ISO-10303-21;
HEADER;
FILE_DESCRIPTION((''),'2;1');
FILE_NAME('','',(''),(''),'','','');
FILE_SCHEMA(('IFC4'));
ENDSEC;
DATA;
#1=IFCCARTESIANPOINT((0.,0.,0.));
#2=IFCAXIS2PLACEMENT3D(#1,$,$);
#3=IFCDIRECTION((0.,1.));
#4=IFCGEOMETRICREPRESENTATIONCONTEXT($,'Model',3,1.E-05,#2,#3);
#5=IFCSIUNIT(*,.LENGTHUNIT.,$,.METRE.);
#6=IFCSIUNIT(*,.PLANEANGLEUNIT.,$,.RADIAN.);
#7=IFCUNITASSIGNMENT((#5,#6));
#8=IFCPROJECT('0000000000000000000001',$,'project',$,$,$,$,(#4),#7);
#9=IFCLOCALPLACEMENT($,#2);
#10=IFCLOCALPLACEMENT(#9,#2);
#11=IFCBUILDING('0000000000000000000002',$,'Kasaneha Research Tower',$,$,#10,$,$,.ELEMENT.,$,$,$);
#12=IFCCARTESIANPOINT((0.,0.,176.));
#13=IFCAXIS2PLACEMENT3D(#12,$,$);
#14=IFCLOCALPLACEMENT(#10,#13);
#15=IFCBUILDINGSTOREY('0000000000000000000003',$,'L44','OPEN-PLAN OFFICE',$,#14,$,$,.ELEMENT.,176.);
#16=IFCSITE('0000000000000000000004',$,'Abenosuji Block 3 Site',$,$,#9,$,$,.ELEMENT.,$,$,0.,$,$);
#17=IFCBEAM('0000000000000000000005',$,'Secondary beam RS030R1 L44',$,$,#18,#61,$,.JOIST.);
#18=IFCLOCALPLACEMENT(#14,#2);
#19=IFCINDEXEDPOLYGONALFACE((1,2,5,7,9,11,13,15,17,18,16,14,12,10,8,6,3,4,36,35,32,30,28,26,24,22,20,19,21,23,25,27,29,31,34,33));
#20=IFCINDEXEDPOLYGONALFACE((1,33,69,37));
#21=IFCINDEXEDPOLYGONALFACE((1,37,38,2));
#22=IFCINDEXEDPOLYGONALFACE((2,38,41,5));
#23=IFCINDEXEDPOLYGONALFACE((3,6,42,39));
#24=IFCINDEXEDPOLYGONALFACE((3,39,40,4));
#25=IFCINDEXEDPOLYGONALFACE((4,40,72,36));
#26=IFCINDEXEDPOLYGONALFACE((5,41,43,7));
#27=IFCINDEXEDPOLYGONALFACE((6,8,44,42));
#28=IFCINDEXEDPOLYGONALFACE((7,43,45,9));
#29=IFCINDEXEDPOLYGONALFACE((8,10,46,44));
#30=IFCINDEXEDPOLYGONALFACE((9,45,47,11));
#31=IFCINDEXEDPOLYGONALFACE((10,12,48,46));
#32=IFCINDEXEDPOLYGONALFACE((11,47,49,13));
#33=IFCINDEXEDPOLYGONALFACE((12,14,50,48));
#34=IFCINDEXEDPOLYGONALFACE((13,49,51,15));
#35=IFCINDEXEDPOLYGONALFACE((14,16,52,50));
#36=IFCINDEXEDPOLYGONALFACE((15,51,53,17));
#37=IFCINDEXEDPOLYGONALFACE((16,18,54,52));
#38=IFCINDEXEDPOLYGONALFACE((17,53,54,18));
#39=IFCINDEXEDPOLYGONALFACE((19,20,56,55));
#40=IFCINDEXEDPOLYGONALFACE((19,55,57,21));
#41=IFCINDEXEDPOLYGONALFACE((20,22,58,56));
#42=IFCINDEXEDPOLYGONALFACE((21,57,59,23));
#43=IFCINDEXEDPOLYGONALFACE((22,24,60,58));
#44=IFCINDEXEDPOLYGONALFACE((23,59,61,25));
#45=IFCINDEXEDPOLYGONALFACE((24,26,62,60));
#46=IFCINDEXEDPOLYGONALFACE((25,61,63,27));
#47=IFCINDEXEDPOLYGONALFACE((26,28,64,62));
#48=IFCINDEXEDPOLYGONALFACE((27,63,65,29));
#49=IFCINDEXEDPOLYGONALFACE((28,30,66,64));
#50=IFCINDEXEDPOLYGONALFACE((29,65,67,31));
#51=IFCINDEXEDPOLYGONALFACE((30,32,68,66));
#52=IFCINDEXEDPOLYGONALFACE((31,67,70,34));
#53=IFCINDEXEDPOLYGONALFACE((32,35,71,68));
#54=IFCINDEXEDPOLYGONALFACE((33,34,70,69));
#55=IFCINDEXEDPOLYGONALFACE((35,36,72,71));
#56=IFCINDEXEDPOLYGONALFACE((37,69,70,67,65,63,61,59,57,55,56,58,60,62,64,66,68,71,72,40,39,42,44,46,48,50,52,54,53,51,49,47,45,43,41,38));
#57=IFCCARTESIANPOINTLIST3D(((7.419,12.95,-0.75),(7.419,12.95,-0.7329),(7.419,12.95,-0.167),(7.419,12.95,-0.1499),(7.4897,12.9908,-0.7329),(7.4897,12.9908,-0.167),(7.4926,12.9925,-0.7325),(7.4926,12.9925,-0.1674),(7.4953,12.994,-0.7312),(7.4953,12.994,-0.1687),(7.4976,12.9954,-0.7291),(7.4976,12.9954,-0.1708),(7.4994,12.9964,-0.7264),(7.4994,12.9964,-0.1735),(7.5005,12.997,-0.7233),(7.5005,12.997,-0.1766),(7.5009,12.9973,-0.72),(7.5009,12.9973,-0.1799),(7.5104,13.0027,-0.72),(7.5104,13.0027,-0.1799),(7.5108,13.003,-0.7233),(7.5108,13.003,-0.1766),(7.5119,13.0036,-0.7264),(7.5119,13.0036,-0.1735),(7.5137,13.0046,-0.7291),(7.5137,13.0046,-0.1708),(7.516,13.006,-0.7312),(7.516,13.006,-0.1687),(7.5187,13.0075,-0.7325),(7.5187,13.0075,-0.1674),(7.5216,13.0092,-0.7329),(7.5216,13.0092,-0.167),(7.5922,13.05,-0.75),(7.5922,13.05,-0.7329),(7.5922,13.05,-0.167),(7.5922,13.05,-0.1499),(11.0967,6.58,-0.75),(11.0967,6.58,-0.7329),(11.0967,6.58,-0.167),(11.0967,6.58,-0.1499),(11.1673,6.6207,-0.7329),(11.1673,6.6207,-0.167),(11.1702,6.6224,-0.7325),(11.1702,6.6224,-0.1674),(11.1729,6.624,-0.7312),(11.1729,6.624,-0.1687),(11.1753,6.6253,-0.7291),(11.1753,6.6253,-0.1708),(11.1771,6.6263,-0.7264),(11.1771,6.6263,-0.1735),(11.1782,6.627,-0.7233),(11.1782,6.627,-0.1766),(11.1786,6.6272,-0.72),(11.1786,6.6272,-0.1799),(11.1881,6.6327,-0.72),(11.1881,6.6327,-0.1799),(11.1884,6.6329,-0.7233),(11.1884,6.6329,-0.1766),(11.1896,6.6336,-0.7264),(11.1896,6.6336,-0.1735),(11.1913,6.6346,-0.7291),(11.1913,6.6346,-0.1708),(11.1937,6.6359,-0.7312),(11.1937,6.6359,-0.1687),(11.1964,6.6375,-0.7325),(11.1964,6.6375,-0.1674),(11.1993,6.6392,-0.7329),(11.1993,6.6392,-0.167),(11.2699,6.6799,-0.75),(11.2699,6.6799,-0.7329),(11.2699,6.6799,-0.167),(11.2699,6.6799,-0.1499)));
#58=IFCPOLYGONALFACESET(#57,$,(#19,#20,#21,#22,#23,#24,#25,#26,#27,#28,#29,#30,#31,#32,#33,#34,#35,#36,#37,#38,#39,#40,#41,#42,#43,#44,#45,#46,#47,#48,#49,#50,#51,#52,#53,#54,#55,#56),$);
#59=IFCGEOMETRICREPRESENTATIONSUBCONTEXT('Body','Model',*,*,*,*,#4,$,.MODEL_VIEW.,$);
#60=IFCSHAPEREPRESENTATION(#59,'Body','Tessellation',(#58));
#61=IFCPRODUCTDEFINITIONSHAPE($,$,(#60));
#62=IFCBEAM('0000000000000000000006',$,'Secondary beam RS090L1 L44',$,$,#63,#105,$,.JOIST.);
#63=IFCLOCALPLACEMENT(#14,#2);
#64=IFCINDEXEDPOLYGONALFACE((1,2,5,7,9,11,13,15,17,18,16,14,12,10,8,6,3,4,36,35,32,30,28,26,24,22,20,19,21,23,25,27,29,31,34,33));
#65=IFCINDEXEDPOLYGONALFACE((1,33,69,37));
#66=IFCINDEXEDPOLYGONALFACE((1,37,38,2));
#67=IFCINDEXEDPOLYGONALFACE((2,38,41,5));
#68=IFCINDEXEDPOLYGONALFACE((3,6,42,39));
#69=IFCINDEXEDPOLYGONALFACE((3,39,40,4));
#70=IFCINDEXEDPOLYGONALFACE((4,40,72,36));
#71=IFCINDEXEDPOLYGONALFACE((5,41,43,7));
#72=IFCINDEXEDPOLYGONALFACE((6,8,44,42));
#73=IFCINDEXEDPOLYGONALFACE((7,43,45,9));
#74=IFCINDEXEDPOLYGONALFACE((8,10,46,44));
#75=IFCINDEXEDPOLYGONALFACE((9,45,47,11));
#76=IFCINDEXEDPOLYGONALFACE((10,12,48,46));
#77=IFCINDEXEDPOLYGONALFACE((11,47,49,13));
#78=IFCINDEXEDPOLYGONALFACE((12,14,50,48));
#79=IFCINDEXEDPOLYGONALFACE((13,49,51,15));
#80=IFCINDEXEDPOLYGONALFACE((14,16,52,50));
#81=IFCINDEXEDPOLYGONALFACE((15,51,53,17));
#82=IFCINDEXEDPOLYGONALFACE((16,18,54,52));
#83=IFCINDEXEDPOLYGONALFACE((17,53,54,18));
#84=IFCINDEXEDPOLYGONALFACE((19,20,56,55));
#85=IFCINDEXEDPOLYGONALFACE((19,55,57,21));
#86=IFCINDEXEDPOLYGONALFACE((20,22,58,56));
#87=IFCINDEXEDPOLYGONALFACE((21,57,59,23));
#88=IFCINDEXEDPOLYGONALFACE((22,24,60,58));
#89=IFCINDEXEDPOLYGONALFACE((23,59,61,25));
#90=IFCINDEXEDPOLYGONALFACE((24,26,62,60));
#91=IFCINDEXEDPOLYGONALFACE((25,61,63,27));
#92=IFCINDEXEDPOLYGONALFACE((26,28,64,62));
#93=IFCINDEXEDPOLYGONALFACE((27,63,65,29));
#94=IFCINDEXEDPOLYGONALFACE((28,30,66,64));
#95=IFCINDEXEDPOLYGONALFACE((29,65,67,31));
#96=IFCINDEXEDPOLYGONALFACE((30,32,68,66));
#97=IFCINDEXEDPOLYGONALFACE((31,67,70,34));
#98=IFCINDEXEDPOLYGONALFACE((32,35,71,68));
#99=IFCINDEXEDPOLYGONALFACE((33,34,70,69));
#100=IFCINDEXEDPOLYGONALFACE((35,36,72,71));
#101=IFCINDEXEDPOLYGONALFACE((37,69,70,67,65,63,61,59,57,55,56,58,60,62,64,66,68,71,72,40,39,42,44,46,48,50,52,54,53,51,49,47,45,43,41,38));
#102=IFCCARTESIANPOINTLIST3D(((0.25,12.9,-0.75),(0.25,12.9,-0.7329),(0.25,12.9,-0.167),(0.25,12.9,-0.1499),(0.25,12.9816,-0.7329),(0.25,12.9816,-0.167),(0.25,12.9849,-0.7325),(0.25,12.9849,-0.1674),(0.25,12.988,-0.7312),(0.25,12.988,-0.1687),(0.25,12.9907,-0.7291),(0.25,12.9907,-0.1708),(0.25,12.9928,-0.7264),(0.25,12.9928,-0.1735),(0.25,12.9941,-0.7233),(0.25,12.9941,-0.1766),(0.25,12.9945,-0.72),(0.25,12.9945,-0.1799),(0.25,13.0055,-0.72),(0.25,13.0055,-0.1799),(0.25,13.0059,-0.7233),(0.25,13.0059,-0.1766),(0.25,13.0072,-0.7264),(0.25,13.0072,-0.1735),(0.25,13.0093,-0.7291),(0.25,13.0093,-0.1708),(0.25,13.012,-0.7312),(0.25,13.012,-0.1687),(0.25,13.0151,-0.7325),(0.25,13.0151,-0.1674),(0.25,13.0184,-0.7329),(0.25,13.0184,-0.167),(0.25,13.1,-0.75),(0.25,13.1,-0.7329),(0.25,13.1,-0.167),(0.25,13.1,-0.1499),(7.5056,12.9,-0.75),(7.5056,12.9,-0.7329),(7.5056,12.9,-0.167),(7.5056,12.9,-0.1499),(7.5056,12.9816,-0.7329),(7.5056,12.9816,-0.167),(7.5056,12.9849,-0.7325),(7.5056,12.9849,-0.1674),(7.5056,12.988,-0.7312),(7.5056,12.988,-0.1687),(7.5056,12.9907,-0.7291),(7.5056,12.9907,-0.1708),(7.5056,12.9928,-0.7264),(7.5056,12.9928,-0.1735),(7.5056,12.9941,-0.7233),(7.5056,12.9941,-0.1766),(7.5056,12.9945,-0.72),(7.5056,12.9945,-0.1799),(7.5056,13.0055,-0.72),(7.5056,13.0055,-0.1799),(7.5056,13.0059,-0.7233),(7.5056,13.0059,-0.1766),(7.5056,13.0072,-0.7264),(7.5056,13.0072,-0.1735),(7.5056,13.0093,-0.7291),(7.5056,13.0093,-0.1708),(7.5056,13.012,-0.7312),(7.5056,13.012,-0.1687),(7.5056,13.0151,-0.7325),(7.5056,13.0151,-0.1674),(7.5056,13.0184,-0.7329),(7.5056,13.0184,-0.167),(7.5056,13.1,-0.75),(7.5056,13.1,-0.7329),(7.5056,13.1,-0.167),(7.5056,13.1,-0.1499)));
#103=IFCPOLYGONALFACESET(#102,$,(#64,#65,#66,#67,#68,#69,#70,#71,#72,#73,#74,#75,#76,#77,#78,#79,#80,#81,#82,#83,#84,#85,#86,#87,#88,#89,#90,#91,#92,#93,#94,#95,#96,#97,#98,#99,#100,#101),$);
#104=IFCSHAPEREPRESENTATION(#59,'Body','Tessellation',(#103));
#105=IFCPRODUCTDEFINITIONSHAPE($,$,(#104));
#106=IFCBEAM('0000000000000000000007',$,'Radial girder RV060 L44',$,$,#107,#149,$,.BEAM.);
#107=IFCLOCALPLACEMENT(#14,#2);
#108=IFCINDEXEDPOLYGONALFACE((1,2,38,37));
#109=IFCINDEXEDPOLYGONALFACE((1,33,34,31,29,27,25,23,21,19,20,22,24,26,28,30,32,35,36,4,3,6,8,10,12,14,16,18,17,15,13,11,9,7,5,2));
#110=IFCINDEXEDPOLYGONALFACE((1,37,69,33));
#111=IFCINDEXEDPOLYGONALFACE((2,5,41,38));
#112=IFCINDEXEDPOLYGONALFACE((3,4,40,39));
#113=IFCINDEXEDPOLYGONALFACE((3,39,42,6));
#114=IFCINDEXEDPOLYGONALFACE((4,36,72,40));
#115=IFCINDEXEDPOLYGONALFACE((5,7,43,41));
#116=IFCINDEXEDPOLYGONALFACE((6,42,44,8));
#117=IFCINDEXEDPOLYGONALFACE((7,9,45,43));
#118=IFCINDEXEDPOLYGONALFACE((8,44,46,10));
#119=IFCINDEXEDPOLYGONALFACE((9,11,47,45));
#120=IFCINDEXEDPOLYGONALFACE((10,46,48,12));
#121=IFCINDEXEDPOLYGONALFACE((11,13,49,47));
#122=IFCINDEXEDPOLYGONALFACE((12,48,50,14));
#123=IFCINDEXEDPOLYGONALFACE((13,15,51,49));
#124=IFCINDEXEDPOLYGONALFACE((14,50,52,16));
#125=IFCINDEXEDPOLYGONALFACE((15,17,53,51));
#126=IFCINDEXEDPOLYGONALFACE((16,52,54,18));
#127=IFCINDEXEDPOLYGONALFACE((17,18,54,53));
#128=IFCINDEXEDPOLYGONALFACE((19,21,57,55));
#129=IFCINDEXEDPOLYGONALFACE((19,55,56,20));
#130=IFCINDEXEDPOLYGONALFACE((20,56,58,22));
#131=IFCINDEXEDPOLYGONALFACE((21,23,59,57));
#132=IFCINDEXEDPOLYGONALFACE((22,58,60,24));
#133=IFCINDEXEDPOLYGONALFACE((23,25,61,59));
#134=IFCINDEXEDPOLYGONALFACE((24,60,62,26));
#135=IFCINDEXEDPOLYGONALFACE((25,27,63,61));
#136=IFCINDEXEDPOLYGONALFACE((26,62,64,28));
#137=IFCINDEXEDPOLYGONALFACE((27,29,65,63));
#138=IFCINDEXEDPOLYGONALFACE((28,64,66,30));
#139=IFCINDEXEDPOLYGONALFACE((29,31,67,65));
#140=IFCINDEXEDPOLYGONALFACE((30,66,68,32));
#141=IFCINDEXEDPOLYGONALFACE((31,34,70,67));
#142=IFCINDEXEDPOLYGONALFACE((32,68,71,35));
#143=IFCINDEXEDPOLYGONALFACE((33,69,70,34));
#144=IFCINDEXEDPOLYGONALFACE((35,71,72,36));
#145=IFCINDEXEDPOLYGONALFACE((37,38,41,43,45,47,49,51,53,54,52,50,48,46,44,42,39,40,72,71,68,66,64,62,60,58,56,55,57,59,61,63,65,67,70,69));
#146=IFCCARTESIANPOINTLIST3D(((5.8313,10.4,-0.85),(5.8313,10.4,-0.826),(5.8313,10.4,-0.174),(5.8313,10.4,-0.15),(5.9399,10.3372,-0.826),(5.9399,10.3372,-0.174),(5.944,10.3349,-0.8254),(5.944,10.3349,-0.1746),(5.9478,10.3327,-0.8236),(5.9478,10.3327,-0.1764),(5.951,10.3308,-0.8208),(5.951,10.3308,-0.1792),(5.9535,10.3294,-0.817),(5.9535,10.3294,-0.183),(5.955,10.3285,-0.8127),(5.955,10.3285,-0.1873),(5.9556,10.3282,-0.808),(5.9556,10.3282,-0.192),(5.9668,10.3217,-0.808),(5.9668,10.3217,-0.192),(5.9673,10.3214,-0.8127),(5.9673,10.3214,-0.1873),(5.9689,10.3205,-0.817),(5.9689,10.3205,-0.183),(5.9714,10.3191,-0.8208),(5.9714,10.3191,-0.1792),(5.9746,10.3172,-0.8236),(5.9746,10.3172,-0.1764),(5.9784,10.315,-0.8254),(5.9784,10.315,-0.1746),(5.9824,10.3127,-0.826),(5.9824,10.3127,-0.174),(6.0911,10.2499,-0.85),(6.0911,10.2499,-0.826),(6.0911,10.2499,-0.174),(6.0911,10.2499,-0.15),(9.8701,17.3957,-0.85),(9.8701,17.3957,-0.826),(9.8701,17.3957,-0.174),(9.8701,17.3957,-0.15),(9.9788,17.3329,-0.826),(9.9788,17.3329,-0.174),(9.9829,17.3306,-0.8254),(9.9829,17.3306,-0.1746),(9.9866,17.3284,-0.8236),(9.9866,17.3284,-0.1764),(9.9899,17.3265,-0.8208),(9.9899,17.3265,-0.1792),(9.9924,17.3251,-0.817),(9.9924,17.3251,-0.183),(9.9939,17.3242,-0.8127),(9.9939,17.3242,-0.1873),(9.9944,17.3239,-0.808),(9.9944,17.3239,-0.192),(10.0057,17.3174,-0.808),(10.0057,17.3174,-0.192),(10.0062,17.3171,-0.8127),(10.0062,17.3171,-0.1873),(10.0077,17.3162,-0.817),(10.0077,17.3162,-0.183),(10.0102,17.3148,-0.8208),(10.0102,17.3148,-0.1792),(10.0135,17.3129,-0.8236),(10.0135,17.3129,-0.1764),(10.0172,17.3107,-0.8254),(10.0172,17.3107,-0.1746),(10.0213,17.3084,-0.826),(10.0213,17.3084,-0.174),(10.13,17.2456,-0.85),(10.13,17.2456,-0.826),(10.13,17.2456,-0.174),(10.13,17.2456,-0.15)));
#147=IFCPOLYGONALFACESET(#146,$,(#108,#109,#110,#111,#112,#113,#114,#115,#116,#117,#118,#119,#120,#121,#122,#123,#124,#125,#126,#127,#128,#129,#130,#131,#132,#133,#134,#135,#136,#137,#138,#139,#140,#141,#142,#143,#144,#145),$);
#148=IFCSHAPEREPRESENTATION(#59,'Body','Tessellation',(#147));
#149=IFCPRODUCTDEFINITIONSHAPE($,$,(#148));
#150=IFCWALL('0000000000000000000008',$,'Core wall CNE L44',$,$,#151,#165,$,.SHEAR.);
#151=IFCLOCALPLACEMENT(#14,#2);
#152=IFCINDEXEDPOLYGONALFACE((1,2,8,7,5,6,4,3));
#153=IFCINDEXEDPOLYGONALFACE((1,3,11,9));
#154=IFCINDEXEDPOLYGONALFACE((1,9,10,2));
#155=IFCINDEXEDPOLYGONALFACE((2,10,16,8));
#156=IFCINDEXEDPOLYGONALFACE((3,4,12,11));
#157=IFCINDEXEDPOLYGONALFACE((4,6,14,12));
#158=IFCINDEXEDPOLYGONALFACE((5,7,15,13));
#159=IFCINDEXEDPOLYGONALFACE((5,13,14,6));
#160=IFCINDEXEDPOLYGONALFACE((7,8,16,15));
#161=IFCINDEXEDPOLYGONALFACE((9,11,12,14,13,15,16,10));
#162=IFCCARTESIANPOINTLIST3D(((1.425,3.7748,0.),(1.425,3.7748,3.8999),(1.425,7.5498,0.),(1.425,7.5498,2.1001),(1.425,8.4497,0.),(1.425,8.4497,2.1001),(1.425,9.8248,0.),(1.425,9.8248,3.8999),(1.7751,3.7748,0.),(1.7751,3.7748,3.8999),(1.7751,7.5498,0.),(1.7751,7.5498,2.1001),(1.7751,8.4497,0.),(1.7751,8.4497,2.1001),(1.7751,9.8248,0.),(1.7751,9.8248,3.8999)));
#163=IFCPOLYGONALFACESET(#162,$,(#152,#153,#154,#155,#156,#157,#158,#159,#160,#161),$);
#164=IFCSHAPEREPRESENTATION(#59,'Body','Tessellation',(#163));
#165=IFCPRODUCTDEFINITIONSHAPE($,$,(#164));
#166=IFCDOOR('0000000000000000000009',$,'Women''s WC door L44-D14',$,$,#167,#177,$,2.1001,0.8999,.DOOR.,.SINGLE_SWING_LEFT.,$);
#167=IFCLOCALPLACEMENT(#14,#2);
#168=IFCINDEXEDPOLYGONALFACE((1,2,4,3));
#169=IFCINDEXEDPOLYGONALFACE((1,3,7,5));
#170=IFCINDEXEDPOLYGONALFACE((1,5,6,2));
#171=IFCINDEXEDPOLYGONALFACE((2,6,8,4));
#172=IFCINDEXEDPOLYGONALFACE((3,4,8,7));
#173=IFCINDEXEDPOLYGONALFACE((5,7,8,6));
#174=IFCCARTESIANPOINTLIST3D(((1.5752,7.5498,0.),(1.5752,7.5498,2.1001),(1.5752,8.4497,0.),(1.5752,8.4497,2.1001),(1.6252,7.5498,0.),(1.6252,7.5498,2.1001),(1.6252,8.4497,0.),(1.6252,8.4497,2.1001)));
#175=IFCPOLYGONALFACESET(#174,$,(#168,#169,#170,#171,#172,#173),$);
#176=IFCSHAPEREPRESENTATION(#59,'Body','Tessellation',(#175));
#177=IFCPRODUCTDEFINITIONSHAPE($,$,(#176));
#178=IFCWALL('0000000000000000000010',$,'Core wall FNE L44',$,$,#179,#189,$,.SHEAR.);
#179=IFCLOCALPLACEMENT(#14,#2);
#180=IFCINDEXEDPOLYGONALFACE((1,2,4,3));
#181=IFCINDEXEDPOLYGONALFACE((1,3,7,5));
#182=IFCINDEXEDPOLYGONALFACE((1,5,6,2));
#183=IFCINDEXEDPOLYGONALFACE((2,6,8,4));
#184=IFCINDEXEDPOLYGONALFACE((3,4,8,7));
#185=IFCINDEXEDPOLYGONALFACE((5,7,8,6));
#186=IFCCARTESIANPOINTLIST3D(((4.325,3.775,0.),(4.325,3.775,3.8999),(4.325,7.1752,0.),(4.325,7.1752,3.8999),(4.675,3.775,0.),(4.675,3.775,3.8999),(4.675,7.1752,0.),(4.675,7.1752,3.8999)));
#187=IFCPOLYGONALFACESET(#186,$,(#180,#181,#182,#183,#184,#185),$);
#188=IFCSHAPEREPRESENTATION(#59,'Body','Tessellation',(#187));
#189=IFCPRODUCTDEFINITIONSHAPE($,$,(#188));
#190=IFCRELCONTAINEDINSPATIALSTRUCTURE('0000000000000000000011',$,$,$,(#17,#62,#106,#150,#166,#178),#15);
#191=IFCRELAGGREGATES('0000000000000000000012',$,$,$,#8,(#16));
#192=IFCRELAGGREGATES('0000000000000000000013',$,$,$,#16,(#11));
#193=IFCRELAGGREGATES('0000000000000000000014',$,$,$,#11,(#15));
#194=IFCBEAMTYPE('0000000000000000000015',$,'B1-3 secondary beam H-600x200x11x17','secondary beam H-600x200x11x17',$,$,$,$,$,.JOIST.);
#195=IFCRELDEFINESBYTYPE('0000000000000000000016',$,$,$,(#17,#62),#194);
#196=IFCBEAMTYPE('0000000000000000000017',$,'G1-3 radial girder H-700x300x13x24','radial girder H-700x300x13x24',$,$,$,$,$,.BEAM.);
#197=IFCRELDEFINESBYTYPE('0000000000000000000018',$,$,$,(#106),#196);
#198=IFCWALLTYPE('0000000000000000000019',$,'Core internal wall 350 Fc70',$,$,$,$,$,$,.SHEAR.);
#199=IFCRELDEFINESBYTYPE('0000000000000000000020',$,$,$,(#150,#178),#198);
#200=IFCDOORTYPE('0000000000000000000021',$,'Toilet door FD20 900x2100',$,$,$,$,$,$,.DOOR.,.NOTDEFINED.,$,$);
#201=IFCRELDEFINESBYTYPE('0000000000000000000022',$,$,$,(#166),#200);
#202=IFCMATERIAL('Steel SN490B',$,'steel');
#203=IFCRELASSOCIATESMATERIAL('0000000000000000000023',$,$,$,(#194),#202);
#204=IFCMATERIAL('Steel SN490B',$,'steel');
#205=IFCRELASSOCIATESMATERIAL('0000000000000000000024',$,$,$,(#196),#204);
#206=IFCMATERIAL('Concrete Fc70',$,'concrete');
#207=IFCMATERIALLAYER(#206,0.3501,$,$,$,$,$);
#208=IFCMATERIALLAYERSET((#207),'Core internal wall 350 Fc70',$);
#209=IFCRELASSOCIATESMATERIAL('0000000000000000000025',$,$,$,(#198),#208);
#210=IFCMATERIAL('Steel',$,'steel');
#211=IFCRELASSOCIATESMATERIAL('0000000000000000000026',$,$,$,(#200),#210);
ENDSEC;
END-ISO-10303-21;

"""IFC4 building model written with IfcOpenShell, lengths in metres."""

from ifc_helpers import new_model, si_unit, direction, frame, frame_2d, origin, origin_2d, place, context, subcontext, project, spatial, rectangle, i_section, extrude, material, layer, layer_set, material_profile, profile_set, type_object, element, fill, save


model = new_model("IFC4")

# Units and contexts
model_context = context("Model", 3, precision=1e-05, world=origin(), true_north=direction((0.0, 1.0)))
body_context = subcontext(model_context, "Body", "Model", "MODEL_VIEW")
ifc_project = project(units=[si_unit("LENGTHUNIT", "METRE"), si_unit("PLANEANGLEUNIT", "RADIAN")], contexts=[model_context])

# Site, building, storey
site_placement = place(None, origin())
site = spatial("IfcSite", under=ifc_project, at=site_placement, Name="Abenosuji Block 3 Site", CompositionType="ELEMENT", RefElevation=0.0)
building_placement = place(site_placement, origin())
building = spatial("IfcBuilding", under=site, at=building_placement, Name="Kasaneha Research Tower", CompositionType="ELEMENT")
storey_placement = place(building_placement, frame((0.0, 0.0, 176.0)))
storey = spatial("IfcBuildingStorey", under=building, at=storey_placement, Name="L44", Description="OPEN-PLAN OFFICE", CompositionType="ELEMENT", Elevation=176.0)

# Beams
ifc_material_1 = material(Name="Steel SN490B", Category="steel")
ifc_material_profile_1 = material_profile(ifc_material_1, i_section(OverallWidth=0.2, OverallDepth=0.6001, WebThickness=0.011, FlangeThickness=0.0171, FilletRadius=0.0129, at=origin_2d()), Name="H-600x200x11x17")
ifc_profile_set_1 = profile_set([ifc_material_profile_1], Name="Steel SN490B")
beam_type_1 = type_object("IfcBeamType", Name="B1-3 secondary beam H-600x200x11x17", Description="secondary beam H-600x200x11x17", PredefinedType="JOIST", material=ifc_profile_set_1)
beam_1_placement = place(storey_placement, frame((7.5056, 13.0, -0.45), z_axis=(0.499994, -0.866029, 0.0), x_axis=(0.866029, 0.499994, 0.0)))
element("IfcBeam", 1, at=beam_1_placement, inside=storey, type_object=beam_type_1, Name="Secondary beam RS030R1 L44", PredefinedType="JOIST", context=body_context, shape_type="SweptSolid", body=[
    extrude(i_section(OverallWidth=0.2, OverallDepth=0.6001, WebThickness=0.011, FlangeThickness=0.0171, FilletRadius=0.0129, at=origin_2d()), origin(), (0.0, 0.0, 1.0), 7.3555),
])
beam_2_placement = place(storey_placement, frame((7.5056, 13.0, -0.45), z_axis=(-1.0, 0.0, 0.0), x_axis=(0.0, -1.0, 0.0)))
element("IfcBeam", 2, at=beam_2_placement, inside=storey, type_object=beam_type_1, Name="Secondary beam RS090L1 L44", PredefinedType="JOIST", context=body_context, shape_type="SweptSolid", body=[
    extrude(i_section(OverallWidth=0.2, OverallDepth=0.6001, WebThickness=0.011, FlangeThickness=0.0171, FilletRadius=0.0129, at=origin_2d()), origin(), (0.0, 0.0, 1.0), 7.2556),
])
ifc_material_2 = material(Name="Steel SN490B", Category="steel")
ifc_material_profile_2 = material_profile(ifc_material_2, i_section(OverallWidth=0.3, OverallDepth=0.7, WebThickness=0.0129, FlangeThickness=0.0239, FilletRadius=0.0181, at=origin_2d()), Name="H-700x300x13x24")
ifc_profile_set_2 = profile_set([ifc_material_profile_2], Name="Steel SN490B")
beam_type_2 = type_object("IfcBeamType", Name="G1-3 radial girder H-700x300x13x24", Description="radial girder H-700x300x13x24", PredefinedType="BEAM", material=ifc_profile_set_2)
beam_3_placement = place(storey_placement, frame((5.9612, 10.325, -0.5), z_axis=(0.499991, 0.866031, 0.0), x_axis=(-0.866031, 0.499991, 0.0)))
element("IfcBeam", 3, at=beam_3_placement, inside=storey, type_object=beam_type_2, Name="Radial girder RV060 L44", PredefinedType="BEAM", context=body_context, shape_type="SweptSolid", body=[
    extrude(i_section(OverallWidth=0.3, OverallDepth=0.7, WebThickness=0.0129, FlangeThickness=0.0239, FilletRadius=0.0181, at=origin_2d()), origin(), (0.0, 0.0, 1.0), 8.0779),
])

# Wall, opening, door
ifc_material_3 = material(Name="Concrete Fc70", Category="concrete")
ifc_layer_1 = layer(ifc_material_3, 0.3501)
ifc_layer_set_1 = layer_set([ifc_layer_1], Name="Core internal wall 350 Fc70")
wall_type_1 = type_object("IfcWallType", Name="Core internal wall 350 Fc70", PredefinedType="SHEAR", material=ifc_layer_set_1)
wall_1_placement = place(storey_placement, frame((1.6001, 3.7749, 0.0), z_axis=(0.0, 0.0, 1.0), x_axis=(0.0, 1.0, 0.0)))
wall_1 = element("IfcWall", 4, at=wall_1_placement, inside=storey, type_object=wall_type_1, Name="Core wall CNE L44", PredefinedType="SHEAR", context=body_context, shape_type="SweptSolid", body=[
    extrude(rectangle(XDim=6.05, YDim=0.3501, at=frame_2d((3.0249, 0.0))), origin(), (0.0, 0.0, 1.0), 3.8999),
])
opening_1_placement = place(wall_1_placement, frame((3.7749, 0.0, 0.0)))
opening_1 = element("IfcOpeningElement", 5, at=opening_1_placement, cuts=wall_1, PredefinedType="OPENING", context=body_context, shape_type="SweptSolid", body=[
    extrude(rectangle(XDim=0.8999, YDim=2.1001, at=frame_2d((0.45, 1.05))), frame((0.0, 0.1851, 0.0), z_axis=(0.0, -1.0, 0.0), x_axis=(1.0, 0.0, 0.0)), (0.0, 0.0, 1.0), 0.3701),
])
ifc_material_4 = material(Name="Steel", Category="steel")
door_type_1 = type_object("IfcDoorType", Name="Toilet door FD20 900x2100", OperationType="NOTDEFINED", PredefinedType="DOOR", material=ifc_material_4)
door_1_placement = place(opening_1_placement, origin())
door_1 = element("IfcDoor", 6, at=door_1_placement, inside=storey, type_object=door_type_1, Name="Women's WC door L44-D14", OperationType="SINGLE_SWING_LEFT", OverallHeight=2.1001, OverallWidth=0.8999, PredefinedType="DOOR", context=body_context, shape_type="SweptSolid", body=[
    extrude(rectangle(XDim=0.8999, YDim=2.1001, at=frame_2d((0.45, 1.05))), frame((0.0, 0.0249, 0.0), z_axis=(0.0, -1.0, 0.0), x_axis=(1.0, 0.0, 0.0)), (0.0, 0.0, 1.0), 0.05),
])
fill(opening_1, door_1)

# Wall
wall_2_placement = place(storey_placement, frame((4.5, 3.7749, 0.0), z_axis=(0.0, 0.0, 1.0), x_axis=(0.0, 1.0, 0.0)))
element("IfcWall", 7, at=wall_2_placement, inside=storey, type_object=wall_type_1, Name="Core wall FNE L44", PredefinedType="SHEAR", context=body_context, shape_type="SweptSolid", body=[
    extrude(rectangle(XDim=3.4001, YDim=0.3501, at=frame_2d((1.7002, 0.0))), origin(), (0.0, 0.0, 1.0), 3.8999),
])

save(model, "model.ifc")
